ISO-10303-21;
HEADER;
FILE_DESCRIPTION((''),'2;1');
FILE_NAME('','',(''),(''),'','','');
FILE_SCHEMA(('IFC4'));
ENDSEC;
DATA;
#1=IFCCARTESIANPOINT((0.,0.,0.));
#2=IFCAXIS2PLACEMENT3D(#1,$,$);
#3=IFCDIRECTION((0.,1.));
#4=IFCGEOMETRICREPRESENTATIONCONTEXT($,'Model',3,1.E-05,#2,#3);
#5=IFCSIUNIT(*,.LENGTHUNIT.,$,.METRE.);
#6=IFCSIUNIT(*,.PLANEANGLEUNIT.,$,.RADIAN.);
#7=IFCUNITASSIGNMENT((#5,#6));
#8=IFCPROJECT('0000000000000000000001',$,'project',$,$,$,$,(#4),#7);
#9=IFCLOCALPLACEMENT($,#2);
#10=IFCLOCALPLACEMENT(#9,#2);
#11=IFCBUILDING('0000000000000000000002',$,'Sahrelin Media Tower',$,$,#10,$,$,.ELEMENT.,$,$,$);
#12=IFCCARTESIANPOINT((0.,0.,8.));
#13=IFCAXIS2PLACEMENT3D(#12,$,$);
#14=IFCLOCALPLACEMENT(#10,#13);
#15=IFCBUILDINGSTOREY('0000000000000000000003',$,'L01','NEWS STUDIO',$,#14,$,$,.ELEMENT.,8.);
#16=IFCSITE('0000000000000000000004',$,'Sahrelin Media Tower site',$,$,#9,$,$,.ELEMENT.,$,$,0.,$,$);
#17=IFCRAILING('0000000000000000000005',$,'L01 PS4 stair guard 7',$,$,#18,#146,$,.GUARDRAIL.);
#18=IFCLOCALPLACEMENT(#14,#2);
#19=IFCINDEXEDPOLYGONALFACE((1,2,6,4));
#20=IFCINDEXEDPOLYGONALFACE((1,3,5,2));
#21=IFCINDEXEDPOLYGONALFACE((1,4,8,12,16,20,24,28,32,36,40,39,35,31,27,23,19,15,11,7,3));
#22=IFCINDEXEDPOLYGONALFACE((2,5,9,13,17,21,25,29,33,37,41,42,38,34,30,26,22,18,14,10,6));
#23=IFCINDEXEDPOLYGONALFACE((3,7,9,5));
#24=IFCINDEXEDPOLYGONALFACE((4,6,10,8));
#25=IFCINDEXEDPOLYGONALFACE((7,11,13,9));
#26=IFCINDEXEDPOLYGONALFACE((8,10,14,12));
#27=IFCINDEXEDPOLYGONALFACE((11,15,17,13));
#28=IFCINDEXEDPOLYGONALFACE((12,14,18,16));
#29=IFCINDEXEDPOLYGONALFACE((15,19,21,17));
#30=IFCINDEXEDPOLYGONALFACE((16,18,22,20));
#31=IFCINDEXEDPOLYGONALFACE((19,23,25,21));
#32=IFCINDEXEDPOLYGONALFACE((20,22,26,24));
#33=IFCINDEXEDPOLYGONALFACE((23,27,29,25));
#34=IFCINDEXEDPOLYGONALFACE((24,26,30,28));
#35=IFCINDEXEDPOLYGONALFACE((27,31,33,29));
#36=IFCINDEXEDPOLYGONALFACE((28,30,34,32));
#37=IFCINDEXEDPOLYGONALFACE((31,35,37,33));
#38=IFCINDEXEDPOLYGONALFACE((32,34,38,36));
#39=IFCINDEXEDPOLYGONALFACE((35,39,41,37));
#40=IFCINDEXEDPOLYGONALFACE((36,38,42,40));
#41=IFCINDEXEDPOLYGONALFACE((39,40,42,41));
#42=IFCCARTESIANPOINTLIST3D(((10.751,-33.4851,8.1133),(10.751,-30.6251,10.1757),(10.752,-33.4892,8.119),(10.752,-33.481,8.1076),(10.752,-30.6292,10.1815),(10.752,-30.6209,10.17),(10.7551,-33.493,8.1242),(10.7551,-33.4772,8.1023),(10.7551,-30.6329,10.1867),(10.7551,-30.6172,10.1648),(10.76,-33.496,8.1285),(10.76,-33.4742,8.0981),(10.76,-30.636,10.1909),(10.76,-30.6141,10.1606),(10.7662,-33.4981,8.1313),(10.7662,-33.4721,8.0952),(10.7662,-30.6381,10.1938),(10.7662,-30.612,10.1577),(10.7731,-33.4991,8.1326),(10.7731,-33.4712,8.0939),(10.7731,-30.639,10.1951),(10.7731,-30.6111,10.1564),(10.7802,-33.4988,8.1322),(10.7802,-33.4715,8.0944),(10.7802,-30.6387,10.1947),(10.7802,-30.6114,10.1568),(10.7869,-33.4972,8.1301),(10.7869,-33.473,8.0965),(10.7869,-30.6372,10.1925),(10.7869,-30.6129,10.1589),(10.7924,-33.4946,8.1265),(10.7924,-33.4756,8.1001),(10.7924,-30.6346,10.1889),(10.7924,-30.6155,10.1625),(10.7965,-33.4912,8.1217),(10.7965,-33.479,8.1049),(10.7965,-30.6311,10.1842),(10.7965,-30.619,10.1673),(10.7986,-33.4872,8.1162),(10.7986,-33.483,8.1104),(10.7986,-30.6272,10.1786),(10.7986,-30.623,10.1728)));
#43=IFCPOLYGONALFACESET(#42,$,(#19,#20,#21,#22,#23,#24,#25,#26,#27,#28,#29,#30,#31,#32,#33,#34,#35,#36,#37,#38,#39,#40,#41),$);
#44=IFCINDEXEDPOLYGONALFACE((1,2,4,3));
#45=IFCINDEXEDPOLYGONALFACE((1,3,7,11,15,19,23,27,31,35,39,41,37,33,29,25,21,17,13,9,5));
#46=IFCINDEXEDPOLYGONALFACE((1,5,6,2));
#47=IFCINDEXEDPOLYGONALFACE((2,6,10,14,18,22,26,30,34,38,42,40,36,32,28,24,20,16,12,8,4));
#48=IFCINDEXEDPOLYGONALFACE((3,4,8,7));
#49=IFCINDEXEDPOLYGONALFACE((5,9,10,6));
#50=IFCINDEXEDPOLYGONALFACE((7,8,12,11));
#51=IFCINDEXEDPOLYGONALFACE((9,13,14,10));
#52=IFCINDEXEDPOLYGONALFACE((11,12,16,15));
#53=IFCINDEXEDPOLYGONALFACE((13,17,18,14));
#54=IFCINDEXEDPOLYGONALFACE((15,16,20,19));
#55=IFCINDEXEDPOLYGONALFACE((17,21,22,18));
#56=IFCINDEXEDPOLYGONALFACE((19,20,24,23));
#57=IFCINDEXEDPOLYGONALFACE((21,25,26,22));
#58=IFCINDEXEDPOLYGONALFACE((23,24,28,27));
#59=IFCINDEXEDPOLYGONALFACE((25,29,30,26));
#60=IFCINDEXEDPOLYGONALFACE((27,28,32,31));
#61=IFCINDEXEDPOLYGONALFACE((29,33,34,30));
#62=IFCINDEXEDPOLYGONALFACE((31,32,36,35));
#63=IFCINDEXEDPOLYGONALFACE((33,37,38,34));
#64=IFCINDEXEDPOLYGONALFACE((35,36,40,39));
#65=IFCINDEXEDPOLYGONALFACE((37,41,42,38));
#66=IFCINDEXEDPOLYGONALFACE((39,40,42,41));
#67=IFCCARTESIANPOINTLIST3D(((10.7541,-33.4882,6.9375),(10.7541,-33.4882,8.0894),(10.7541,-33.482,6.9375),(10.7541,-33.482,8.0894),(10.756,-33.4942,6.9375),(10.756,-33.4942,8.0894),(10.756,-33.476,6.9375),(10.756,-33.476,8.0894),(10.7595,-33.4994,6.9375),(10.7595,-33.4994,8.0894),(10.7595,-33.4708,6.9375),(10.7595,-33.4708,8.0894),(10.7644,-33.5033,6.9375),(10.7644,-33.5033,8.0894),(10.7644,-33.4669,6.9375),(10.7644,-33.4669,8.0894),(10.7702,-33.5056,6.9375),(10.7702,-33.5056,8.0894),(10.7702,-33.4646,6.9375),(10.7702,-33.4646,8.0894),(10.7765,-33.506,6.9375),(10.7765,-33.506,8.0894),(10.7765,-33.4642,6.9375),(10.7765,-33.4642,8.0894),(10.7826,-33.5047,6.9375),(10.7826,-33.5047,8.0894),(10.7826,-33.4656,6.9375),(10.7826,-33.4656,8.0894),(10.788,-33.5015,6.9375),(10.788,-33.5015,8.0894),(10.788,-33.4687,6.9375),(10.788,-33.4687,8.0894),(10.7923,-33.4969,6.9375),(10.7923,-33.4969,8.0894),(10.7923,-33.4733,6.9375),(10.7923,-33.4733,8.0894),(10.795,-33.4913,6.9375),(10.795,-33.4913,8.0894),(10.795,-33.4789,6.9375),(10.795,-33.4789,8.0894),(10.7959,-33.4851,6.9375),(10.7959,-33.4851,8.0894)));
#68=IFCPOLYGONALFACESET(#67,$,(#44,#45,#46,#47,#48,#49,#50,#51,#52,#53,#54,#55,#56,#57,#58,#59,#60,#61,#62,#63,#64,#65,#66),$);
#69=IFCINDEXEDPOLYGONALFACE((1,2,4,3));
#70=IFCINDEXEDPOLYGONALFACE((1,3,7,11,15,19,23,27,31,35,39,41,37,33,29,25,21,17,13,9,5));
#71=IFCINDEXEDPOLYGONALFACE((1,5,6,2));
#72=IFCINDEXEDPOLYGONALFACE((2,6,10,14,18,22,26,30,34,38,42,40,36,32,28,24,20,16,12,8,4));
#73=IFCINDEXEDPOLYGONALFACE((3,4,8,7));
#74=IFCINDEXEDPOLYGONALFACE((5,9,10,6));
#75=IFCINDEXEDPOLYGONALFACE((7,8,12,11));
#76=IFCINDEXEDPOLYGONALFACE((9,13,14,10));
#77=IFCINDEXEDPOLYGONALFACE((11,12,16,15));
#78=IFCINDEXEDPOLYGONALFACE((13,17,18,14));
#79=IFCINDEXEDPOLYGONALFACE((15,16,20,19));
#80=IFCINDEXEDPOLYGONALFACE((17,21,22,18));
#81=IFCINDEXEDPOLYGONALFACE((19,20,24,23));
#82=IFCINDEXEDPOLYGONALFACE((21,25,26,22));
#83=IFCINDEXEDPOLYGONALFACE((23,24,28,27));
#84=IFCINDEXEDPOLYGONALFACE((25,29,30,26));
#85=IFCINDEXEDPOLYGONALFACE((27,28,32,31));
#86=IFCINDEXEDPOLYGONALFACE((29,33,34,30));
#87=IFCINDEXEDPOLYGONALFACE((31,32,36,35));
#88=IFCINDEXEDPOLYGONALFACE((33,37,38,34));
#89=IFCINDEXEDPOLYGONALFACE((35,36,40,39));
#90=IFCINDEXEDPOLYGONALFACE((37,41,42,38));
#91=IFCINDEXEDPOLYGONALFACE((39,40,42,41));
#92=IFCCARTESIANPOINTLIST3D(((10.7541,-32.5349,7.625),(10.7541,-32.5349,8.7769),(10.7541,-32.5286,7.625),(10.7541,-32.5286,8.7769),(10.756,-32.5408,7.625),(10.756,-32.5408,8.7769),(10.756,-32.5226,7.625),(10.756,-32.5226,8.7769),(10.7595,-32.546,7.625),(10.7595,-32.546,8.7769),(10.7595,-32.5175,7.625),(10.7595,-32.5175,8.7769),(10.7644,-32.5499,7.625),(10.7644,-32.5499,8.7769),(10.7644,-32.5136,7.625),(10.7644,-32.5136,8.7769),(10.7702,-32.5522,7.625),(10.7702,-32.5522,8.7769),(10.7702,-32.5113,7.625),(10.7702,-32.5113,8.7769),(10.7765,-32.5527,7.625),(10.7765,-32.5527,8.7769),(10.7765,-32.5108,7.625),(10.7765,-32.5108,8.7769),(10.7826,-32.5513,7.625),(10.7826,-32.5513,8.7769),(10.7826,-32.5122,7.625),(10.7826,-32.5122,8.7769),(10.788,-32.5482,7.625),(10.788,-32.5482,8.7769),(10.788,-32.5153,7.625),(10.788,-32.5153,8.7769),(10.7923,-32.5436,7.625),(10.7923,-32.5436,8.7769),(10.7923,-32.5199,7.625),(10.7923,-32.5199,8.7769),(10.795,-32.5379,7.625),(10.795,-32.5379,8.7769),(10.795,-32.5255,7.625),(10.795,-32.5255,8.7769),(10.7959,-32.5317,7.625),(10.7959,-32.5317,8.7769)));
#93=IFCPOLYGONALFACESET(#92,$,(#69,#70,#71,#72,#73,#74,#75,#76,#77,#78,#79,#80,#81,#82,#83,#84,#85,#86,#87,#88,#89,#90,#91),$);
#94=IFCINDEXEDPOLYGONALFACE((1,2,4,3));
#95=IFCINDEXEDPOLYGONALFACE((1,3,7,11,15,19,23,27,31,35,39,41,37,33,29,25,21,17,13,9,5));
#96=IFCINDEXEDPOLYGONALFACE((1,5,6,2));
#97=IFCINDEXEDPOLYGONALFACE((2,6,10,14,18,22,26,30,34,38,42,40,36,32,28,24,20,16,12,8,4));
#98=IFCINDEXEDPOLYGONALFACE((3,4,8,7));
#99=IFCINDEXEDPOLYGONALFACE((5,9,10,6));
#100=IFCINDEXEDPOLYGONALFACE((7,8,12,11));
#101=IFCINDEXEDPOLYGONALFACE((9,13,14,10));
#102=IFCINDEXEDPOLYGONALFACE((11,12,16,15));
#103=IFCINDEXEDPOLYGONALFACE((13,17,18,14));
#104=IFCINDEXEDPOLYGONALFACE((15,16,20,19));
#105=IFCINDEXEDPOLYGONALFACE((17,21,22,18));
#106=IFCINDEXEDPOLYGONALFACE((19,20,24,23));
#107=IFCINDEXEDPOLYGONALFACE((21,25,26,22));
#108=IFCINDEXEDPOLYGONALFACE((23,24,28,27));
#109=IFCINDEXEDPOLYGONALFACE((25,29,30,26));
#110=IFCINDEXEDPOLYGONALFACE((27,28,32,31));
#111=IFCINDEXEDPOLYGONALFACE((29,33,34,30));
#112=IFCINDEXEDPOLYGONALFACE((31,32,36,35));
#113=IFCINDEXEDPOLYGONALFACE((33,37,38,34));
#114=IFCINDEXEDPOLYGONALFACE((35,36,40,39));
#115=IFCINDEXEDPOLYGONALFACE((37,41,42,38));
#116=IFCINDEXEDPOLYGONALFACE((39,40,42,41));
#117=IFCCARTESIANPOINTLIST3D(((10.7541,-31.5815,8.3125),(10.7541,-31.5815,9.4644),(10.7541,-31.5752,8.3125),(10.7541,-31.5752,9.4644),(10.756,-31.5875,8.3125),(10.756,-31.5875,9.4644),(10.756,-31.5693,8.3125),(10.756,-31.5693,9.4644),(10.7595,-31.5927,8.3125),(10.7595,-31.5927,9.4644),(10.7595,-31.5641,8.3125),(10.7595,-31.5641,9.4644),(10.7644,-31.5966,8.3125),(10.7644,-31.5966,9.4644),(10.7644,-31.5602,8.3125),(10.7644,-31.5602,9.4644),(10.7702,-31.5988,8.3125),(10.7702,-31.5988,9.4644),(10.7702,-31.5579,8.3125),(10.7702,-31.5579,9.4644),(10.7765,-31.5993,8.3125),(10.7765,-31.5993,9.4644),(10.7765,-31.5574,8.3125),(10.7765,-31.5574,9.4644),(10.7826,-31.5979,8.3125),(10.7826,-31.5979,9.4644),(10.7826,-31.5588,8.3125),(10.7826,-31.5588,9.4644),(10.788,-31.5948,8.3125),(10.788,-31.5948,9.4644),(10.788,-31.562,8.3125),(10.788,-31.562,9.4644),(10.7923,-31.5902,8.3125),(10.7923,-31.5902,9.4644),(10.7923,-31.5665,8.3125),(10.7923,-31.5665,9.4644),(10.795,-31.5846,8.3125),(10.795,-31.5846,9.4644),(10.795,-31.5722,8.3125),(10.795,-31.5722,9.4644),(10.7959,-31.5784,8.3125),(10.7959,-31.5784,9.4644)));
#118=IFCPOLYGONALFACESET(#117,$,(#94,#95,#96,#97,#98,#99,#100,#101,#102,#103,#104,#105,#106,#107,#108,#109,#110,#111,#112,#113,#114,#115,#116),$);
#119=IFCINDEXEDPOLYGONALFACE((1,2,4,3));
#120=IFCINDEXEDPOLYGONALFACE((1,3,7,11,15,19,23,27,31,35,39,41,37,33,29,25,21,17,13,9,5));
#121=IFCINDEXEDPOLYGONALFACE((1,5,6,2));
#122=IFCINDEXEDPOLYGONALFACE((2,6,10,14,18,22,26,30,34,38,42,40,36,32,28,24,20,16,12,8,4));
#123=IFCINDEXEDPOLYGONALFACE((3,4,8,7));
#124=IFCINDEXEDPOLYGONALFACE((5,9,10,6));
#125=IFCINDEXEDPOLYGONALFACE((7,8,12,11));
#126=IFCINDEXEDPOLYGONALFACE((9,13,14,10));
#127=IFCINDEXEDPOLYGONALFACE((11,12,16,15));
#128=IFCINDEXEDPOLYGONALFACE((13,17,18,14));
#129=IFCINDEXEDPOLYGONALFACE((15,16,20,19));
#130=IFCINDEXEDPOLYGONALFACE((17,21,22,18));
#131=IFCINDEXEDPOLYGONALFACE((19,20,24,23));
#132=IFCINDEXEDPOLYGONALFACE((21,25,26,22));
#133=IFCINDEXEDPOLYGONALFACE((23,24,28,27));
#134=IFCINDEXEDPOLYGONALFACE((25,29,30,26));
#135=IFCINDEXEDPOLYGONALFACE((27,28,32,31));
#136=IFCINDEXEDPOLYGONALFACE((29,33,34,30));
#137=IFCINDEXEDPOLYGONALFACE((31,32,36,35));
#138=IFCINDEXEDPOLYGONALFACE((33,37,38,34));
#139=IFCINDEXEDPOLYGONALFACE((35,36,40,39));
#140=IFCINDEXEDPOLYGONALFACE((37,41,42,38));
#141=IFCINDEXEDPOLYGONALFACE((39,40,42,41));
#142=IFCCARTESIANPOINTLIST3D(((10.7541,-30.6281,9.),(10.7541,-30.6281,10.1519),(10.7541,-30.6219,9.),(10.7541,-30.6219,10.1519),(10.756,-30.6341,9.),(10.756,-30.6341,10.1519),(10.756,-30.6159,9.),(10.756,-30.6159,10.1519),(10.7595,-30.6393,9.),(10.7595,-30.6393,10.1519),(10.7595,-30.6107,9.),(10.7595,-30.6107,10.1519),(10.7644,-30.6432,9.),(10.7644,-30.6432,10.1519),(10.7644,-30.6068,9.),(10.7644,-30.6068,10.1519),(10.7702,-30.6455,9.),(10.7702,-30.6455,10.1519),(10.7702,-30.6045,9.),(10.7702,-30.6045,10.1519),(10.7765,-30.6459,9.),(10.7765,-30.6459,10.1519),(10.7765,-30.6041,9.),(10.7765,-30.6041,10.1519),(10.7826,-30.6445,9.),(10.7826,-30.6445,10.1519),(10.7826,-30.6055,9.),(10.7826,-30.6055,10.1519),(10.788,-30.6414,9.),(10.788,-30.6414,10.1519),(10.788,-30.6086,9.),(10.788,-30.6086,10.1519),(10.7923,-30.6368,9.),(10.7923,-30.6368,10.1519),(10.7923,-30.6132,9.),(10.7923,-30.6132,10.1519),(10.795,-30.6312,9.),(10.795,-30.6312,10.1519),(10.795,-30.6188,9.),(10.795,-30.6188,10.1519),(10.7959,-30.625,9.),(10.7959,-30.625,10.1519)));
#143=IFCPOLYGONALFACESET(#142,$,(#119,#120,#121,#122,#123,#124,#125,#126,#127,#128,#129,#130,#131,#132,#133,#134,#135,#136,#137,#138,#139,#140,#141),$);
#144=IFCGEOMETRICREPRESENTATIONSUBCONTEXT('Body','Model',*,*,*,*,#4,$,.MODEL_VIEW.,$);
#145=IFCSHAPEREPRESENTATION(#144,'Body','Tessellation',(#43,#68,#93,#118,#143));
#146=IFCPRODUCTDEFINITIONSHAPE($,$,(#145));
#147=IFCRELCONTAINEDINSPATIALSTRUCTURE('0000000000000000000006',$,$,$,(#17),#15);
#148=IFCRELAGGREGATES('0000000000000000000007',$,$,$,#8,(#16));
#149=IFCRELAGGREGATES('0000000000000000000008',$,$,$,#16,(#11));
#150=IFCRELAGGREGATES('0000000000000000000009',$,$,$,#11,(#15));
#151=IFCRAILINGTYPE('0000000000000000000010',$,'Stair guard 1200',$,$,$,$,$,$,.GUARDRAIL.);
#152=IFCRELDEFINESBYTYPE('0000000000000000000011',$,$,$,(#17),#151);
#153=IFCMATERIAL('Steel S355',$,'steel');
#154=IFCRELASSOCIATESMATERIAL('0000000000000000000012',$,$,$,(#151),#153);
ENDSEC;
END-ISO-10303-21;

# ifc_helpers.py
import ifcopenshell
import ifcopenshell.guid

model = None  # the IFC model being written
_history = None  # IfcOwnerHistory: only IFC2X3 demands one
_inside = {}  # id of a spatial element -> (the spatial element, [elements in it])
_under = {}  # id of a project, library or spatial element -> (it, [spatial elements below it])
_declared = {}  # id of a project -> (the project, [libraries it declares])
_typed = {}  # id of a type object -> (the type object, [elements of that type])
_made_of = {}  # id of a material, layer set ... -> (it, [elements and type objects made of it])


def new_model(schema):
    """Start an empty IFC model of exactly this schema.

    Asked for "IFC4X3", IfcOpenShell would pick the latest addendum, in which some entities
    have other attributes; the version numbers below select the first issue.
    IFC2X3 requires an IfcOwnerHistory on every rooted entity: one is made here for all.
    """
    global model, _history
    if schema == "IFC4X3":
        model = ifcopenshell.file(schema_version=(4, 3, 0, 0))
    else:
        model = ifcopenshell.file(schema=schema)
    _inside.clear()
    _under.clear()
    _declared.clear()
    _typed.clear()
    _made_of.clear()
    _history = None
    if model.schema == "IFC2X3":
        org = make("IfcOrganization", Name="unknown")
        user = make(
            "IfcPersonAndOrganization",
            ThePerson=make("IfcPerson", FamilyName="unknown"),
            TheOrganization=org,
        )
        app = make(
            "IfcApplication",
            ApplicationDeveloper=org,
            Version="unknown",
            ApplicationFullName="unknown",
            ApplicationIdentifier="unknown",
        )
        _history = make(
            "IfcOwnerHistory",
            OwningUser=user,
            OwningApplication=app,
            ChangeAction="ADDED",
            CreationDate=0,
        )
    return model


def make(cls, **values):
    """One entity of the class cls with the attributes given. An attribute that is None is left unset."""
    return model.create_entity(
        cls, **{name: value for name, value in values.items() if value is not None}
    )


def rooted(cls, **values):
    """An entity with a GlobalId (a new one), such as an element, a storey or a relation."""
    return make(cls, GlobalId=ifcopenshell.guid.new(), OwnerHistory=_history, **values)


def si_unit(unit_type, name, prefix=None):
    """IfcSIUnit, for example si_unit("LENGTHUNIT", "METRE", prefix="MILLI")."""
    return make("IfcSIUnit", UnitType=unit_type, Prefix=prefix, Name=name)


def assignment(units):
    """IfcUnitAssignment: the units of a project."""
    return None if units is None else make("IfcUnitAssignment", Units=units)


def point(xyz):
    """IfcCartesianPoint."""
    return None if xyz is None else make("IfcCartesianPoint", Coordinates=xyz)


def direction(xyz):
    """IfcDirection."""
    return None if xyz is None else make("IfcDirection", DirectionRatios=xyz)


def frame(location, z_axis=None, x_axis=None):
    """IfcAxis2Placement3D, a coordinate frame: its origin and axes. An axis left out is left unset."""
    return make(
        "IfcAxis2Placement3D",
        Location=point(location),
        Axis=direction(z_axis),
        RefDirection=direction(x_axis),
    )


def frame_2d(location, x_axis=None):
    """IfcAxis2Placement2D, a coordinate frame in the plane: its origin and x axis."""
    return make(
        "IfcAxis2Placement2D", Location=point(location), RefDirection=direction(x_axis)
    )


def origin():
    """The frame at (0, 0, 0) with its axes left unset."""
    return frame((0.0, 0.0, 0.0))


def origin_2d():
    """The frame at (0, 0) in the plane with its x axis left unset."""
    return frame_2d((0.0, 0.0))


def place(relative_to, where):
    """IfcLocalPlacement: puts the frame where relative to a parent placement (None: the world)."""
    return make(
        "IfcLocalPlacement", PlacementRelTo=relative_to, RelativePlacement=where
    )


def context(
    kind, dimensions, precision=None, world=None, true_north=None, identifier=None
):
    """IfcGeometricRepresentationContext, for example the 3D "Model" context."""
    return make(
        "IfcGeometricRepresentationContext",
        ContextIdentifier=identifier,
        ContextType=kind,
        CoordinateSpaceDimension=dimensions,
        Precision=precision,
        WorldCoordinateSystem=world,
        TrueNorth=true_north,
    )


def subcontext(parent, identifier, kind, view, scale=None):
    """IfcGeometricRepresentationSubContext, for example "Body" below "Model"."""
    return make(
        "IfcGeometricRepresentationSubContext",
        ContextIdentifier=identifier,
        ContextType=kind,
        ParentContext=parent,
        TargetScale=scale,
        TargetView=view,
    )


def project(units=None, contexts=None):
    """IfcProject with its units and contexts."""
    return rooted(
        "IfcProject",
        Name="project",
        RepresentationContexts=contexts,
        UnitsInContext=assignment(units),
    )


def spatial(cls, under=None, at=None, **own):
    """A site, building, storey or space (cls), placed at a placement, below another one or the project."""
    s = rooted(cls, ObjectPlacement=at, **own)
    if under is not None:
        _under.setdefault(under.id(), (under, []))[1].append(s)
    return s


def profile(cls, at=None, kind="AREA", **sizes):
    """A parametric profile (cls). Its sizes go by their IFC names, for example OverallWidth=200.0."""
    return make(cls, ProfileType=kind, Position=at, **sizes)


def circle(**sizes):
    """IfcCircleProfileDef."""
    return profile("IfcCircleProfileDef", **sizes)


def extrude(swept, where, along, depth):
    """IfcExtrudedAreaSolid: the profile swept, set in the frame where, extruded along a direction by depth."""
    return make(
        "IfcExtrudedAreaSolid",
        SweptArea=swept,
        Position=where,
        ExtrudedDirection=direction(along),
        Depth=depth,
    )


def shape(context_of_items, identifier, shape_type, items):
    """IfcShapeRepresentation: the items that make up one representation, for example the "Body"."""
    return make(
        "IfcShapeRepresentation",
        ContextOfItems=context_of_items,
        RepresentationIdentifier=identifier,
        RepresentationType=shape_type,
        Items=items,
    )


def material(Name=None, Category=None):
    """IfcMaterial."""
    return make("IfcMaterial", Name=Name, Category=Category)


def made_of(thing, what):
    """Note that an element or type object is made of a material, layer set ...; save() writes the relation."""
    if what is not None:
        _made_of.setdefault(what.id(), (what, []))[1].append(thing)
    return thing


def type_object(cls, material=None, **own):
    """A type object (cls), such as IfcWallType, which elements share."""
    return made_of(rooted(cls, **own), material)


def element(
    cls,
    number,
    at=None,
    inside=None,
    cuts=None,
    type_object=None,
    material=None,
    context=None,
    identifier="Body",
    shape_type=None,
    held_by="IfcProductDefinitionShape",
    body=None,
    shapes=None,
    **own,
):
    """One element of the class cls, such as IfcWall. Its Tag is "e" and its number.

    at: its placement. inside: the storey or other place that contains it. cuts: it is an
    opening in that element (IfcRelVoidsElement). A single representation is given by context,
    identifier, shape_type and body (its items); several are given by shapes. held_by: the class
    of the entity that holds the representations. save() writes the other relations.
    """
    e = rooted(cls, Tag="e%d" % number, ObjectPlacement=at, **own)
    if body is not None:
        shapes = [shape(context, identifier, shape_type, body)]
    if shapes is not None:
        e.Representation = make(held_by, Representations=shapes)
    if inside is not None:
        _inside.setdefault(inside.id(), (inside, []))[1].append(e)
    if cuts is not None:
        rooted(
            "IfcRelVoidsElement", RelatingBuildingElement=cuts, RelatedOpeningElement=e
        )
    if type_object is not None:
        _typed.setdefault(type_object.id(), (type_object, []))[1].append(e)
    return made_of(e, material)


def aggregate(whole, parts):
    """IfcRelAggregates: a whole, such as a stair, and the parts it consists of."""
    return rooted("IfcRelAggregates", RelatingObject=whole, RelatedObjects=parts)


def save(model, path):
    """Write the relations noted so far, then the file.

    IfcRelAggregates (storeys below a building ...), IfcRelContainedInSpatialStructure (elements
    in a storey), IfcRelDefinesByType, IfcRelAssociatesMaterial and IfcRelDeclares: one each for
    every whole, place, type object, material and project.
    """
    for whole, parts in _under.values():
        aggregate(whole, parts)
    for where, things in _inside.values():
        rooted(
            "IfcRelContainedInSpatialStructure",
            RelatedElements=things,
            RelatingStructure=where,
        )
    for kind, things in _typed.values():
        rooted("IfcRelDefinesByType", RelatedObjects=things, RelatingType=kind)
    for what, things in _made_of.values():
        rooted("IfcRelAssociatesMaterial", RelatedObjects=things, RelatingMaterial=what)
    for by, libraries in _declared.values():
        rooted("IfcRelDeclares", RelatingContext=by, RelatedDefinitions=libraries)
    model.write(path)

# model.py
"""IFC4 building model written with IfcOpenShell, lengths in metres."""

from ifc_helpers import new_model, si_unit, direction, frame, origin, origin_2d, place, context, subcontext, project, spatial, circle, extrude, material, type_object, element, save


model = new_model("IFC4")

# Units and contexts
model_context = context("Model", 3, precision=1e-05, world=origin(), true_north=direction((0.0, 1.0)))
body_context = subcontext(model_context, "Body", "Model", "MODEL_VIEW")
ifc_project = project(units=[si_unit("LENGTHUNIT", "METRE"), si_unit("PLANEANGLEUNIT", "RADIAN")], contexts=[model_context])

# Site, building, storey
site_placement = place(None, origin())
site = spatial("IfcSite", under=ifc_project, at=site_placement, Name="Sahrelin Media Tower site", CompositionType="ELEMENT", RefElevation=0.0)
building_placement = place(site_placement, origin())
building = spatial("IfcBuilding", under=site, at=building_placement, Name="Sahrelin Media Tower", CompositionType="ELEMENT")
storey_placement = place(building_placement, frame((0.0, 0.0, 8.0)))
storey = spatial("IfcBuildingStorey", under=building, at=storey_placement, Name="L01", Description="NEWS STUDIO", CompositionType="ELEMENT", Elevation=8.0)

# Shared definitions
ifc_material_1 = material(Name="Steel S355", Category="steel")

# Railing
railing_type_1 = type_object("IfcRailingType", Name="Stair guard 1200", PredefinedType="GUARDRAIL", material=ifc_material_1)
railing_1_placement = place(storey_placement, frame((10.7749, -33.4851, 6.9375)))
element("IfcRailing", 1, at=railing_1_placement, inside=storey, type_object=railing_type_1, Name="L01 PS4 stair guard 7", PredefinedType="GUARDRAIL", context=body_context, shape_type="SweptSolid", body=[
    extrude(circle(Radius=0.0239, at=origin_2d()), frame((0.0, 0.0, 1.1758), z_axis=(0.0, 0.811101, 0.584906), x_axis=(-1.0, 0.0, 0.0)), (0.0, 0.0, 1.0), 3.5261),
    extrude(circle(Radius=0.021, at=origin_2d()), origin(), (0.0, 0.0, 1.0), 1.1519),
    extrude(circle(Radius=0.021, at=origin_2d()), frame((0.0, 0.9534, 0.6875)), (0.0, 0.0, 1.0), 1.1519),
    extrude(circle(Radius=0.021, at=origin_2d()), frame((0.0, 1.9067, 1.375)), (0.0, 0.0, 1.0), 1.1519),
    extrude(circle(Radius=0.021, at=origin_2d()), frame((0.0, 2.8601, 2.0625)), (0.0, 0.0, 1.0), 1.1519),
])

save(model, "model.ifc")
